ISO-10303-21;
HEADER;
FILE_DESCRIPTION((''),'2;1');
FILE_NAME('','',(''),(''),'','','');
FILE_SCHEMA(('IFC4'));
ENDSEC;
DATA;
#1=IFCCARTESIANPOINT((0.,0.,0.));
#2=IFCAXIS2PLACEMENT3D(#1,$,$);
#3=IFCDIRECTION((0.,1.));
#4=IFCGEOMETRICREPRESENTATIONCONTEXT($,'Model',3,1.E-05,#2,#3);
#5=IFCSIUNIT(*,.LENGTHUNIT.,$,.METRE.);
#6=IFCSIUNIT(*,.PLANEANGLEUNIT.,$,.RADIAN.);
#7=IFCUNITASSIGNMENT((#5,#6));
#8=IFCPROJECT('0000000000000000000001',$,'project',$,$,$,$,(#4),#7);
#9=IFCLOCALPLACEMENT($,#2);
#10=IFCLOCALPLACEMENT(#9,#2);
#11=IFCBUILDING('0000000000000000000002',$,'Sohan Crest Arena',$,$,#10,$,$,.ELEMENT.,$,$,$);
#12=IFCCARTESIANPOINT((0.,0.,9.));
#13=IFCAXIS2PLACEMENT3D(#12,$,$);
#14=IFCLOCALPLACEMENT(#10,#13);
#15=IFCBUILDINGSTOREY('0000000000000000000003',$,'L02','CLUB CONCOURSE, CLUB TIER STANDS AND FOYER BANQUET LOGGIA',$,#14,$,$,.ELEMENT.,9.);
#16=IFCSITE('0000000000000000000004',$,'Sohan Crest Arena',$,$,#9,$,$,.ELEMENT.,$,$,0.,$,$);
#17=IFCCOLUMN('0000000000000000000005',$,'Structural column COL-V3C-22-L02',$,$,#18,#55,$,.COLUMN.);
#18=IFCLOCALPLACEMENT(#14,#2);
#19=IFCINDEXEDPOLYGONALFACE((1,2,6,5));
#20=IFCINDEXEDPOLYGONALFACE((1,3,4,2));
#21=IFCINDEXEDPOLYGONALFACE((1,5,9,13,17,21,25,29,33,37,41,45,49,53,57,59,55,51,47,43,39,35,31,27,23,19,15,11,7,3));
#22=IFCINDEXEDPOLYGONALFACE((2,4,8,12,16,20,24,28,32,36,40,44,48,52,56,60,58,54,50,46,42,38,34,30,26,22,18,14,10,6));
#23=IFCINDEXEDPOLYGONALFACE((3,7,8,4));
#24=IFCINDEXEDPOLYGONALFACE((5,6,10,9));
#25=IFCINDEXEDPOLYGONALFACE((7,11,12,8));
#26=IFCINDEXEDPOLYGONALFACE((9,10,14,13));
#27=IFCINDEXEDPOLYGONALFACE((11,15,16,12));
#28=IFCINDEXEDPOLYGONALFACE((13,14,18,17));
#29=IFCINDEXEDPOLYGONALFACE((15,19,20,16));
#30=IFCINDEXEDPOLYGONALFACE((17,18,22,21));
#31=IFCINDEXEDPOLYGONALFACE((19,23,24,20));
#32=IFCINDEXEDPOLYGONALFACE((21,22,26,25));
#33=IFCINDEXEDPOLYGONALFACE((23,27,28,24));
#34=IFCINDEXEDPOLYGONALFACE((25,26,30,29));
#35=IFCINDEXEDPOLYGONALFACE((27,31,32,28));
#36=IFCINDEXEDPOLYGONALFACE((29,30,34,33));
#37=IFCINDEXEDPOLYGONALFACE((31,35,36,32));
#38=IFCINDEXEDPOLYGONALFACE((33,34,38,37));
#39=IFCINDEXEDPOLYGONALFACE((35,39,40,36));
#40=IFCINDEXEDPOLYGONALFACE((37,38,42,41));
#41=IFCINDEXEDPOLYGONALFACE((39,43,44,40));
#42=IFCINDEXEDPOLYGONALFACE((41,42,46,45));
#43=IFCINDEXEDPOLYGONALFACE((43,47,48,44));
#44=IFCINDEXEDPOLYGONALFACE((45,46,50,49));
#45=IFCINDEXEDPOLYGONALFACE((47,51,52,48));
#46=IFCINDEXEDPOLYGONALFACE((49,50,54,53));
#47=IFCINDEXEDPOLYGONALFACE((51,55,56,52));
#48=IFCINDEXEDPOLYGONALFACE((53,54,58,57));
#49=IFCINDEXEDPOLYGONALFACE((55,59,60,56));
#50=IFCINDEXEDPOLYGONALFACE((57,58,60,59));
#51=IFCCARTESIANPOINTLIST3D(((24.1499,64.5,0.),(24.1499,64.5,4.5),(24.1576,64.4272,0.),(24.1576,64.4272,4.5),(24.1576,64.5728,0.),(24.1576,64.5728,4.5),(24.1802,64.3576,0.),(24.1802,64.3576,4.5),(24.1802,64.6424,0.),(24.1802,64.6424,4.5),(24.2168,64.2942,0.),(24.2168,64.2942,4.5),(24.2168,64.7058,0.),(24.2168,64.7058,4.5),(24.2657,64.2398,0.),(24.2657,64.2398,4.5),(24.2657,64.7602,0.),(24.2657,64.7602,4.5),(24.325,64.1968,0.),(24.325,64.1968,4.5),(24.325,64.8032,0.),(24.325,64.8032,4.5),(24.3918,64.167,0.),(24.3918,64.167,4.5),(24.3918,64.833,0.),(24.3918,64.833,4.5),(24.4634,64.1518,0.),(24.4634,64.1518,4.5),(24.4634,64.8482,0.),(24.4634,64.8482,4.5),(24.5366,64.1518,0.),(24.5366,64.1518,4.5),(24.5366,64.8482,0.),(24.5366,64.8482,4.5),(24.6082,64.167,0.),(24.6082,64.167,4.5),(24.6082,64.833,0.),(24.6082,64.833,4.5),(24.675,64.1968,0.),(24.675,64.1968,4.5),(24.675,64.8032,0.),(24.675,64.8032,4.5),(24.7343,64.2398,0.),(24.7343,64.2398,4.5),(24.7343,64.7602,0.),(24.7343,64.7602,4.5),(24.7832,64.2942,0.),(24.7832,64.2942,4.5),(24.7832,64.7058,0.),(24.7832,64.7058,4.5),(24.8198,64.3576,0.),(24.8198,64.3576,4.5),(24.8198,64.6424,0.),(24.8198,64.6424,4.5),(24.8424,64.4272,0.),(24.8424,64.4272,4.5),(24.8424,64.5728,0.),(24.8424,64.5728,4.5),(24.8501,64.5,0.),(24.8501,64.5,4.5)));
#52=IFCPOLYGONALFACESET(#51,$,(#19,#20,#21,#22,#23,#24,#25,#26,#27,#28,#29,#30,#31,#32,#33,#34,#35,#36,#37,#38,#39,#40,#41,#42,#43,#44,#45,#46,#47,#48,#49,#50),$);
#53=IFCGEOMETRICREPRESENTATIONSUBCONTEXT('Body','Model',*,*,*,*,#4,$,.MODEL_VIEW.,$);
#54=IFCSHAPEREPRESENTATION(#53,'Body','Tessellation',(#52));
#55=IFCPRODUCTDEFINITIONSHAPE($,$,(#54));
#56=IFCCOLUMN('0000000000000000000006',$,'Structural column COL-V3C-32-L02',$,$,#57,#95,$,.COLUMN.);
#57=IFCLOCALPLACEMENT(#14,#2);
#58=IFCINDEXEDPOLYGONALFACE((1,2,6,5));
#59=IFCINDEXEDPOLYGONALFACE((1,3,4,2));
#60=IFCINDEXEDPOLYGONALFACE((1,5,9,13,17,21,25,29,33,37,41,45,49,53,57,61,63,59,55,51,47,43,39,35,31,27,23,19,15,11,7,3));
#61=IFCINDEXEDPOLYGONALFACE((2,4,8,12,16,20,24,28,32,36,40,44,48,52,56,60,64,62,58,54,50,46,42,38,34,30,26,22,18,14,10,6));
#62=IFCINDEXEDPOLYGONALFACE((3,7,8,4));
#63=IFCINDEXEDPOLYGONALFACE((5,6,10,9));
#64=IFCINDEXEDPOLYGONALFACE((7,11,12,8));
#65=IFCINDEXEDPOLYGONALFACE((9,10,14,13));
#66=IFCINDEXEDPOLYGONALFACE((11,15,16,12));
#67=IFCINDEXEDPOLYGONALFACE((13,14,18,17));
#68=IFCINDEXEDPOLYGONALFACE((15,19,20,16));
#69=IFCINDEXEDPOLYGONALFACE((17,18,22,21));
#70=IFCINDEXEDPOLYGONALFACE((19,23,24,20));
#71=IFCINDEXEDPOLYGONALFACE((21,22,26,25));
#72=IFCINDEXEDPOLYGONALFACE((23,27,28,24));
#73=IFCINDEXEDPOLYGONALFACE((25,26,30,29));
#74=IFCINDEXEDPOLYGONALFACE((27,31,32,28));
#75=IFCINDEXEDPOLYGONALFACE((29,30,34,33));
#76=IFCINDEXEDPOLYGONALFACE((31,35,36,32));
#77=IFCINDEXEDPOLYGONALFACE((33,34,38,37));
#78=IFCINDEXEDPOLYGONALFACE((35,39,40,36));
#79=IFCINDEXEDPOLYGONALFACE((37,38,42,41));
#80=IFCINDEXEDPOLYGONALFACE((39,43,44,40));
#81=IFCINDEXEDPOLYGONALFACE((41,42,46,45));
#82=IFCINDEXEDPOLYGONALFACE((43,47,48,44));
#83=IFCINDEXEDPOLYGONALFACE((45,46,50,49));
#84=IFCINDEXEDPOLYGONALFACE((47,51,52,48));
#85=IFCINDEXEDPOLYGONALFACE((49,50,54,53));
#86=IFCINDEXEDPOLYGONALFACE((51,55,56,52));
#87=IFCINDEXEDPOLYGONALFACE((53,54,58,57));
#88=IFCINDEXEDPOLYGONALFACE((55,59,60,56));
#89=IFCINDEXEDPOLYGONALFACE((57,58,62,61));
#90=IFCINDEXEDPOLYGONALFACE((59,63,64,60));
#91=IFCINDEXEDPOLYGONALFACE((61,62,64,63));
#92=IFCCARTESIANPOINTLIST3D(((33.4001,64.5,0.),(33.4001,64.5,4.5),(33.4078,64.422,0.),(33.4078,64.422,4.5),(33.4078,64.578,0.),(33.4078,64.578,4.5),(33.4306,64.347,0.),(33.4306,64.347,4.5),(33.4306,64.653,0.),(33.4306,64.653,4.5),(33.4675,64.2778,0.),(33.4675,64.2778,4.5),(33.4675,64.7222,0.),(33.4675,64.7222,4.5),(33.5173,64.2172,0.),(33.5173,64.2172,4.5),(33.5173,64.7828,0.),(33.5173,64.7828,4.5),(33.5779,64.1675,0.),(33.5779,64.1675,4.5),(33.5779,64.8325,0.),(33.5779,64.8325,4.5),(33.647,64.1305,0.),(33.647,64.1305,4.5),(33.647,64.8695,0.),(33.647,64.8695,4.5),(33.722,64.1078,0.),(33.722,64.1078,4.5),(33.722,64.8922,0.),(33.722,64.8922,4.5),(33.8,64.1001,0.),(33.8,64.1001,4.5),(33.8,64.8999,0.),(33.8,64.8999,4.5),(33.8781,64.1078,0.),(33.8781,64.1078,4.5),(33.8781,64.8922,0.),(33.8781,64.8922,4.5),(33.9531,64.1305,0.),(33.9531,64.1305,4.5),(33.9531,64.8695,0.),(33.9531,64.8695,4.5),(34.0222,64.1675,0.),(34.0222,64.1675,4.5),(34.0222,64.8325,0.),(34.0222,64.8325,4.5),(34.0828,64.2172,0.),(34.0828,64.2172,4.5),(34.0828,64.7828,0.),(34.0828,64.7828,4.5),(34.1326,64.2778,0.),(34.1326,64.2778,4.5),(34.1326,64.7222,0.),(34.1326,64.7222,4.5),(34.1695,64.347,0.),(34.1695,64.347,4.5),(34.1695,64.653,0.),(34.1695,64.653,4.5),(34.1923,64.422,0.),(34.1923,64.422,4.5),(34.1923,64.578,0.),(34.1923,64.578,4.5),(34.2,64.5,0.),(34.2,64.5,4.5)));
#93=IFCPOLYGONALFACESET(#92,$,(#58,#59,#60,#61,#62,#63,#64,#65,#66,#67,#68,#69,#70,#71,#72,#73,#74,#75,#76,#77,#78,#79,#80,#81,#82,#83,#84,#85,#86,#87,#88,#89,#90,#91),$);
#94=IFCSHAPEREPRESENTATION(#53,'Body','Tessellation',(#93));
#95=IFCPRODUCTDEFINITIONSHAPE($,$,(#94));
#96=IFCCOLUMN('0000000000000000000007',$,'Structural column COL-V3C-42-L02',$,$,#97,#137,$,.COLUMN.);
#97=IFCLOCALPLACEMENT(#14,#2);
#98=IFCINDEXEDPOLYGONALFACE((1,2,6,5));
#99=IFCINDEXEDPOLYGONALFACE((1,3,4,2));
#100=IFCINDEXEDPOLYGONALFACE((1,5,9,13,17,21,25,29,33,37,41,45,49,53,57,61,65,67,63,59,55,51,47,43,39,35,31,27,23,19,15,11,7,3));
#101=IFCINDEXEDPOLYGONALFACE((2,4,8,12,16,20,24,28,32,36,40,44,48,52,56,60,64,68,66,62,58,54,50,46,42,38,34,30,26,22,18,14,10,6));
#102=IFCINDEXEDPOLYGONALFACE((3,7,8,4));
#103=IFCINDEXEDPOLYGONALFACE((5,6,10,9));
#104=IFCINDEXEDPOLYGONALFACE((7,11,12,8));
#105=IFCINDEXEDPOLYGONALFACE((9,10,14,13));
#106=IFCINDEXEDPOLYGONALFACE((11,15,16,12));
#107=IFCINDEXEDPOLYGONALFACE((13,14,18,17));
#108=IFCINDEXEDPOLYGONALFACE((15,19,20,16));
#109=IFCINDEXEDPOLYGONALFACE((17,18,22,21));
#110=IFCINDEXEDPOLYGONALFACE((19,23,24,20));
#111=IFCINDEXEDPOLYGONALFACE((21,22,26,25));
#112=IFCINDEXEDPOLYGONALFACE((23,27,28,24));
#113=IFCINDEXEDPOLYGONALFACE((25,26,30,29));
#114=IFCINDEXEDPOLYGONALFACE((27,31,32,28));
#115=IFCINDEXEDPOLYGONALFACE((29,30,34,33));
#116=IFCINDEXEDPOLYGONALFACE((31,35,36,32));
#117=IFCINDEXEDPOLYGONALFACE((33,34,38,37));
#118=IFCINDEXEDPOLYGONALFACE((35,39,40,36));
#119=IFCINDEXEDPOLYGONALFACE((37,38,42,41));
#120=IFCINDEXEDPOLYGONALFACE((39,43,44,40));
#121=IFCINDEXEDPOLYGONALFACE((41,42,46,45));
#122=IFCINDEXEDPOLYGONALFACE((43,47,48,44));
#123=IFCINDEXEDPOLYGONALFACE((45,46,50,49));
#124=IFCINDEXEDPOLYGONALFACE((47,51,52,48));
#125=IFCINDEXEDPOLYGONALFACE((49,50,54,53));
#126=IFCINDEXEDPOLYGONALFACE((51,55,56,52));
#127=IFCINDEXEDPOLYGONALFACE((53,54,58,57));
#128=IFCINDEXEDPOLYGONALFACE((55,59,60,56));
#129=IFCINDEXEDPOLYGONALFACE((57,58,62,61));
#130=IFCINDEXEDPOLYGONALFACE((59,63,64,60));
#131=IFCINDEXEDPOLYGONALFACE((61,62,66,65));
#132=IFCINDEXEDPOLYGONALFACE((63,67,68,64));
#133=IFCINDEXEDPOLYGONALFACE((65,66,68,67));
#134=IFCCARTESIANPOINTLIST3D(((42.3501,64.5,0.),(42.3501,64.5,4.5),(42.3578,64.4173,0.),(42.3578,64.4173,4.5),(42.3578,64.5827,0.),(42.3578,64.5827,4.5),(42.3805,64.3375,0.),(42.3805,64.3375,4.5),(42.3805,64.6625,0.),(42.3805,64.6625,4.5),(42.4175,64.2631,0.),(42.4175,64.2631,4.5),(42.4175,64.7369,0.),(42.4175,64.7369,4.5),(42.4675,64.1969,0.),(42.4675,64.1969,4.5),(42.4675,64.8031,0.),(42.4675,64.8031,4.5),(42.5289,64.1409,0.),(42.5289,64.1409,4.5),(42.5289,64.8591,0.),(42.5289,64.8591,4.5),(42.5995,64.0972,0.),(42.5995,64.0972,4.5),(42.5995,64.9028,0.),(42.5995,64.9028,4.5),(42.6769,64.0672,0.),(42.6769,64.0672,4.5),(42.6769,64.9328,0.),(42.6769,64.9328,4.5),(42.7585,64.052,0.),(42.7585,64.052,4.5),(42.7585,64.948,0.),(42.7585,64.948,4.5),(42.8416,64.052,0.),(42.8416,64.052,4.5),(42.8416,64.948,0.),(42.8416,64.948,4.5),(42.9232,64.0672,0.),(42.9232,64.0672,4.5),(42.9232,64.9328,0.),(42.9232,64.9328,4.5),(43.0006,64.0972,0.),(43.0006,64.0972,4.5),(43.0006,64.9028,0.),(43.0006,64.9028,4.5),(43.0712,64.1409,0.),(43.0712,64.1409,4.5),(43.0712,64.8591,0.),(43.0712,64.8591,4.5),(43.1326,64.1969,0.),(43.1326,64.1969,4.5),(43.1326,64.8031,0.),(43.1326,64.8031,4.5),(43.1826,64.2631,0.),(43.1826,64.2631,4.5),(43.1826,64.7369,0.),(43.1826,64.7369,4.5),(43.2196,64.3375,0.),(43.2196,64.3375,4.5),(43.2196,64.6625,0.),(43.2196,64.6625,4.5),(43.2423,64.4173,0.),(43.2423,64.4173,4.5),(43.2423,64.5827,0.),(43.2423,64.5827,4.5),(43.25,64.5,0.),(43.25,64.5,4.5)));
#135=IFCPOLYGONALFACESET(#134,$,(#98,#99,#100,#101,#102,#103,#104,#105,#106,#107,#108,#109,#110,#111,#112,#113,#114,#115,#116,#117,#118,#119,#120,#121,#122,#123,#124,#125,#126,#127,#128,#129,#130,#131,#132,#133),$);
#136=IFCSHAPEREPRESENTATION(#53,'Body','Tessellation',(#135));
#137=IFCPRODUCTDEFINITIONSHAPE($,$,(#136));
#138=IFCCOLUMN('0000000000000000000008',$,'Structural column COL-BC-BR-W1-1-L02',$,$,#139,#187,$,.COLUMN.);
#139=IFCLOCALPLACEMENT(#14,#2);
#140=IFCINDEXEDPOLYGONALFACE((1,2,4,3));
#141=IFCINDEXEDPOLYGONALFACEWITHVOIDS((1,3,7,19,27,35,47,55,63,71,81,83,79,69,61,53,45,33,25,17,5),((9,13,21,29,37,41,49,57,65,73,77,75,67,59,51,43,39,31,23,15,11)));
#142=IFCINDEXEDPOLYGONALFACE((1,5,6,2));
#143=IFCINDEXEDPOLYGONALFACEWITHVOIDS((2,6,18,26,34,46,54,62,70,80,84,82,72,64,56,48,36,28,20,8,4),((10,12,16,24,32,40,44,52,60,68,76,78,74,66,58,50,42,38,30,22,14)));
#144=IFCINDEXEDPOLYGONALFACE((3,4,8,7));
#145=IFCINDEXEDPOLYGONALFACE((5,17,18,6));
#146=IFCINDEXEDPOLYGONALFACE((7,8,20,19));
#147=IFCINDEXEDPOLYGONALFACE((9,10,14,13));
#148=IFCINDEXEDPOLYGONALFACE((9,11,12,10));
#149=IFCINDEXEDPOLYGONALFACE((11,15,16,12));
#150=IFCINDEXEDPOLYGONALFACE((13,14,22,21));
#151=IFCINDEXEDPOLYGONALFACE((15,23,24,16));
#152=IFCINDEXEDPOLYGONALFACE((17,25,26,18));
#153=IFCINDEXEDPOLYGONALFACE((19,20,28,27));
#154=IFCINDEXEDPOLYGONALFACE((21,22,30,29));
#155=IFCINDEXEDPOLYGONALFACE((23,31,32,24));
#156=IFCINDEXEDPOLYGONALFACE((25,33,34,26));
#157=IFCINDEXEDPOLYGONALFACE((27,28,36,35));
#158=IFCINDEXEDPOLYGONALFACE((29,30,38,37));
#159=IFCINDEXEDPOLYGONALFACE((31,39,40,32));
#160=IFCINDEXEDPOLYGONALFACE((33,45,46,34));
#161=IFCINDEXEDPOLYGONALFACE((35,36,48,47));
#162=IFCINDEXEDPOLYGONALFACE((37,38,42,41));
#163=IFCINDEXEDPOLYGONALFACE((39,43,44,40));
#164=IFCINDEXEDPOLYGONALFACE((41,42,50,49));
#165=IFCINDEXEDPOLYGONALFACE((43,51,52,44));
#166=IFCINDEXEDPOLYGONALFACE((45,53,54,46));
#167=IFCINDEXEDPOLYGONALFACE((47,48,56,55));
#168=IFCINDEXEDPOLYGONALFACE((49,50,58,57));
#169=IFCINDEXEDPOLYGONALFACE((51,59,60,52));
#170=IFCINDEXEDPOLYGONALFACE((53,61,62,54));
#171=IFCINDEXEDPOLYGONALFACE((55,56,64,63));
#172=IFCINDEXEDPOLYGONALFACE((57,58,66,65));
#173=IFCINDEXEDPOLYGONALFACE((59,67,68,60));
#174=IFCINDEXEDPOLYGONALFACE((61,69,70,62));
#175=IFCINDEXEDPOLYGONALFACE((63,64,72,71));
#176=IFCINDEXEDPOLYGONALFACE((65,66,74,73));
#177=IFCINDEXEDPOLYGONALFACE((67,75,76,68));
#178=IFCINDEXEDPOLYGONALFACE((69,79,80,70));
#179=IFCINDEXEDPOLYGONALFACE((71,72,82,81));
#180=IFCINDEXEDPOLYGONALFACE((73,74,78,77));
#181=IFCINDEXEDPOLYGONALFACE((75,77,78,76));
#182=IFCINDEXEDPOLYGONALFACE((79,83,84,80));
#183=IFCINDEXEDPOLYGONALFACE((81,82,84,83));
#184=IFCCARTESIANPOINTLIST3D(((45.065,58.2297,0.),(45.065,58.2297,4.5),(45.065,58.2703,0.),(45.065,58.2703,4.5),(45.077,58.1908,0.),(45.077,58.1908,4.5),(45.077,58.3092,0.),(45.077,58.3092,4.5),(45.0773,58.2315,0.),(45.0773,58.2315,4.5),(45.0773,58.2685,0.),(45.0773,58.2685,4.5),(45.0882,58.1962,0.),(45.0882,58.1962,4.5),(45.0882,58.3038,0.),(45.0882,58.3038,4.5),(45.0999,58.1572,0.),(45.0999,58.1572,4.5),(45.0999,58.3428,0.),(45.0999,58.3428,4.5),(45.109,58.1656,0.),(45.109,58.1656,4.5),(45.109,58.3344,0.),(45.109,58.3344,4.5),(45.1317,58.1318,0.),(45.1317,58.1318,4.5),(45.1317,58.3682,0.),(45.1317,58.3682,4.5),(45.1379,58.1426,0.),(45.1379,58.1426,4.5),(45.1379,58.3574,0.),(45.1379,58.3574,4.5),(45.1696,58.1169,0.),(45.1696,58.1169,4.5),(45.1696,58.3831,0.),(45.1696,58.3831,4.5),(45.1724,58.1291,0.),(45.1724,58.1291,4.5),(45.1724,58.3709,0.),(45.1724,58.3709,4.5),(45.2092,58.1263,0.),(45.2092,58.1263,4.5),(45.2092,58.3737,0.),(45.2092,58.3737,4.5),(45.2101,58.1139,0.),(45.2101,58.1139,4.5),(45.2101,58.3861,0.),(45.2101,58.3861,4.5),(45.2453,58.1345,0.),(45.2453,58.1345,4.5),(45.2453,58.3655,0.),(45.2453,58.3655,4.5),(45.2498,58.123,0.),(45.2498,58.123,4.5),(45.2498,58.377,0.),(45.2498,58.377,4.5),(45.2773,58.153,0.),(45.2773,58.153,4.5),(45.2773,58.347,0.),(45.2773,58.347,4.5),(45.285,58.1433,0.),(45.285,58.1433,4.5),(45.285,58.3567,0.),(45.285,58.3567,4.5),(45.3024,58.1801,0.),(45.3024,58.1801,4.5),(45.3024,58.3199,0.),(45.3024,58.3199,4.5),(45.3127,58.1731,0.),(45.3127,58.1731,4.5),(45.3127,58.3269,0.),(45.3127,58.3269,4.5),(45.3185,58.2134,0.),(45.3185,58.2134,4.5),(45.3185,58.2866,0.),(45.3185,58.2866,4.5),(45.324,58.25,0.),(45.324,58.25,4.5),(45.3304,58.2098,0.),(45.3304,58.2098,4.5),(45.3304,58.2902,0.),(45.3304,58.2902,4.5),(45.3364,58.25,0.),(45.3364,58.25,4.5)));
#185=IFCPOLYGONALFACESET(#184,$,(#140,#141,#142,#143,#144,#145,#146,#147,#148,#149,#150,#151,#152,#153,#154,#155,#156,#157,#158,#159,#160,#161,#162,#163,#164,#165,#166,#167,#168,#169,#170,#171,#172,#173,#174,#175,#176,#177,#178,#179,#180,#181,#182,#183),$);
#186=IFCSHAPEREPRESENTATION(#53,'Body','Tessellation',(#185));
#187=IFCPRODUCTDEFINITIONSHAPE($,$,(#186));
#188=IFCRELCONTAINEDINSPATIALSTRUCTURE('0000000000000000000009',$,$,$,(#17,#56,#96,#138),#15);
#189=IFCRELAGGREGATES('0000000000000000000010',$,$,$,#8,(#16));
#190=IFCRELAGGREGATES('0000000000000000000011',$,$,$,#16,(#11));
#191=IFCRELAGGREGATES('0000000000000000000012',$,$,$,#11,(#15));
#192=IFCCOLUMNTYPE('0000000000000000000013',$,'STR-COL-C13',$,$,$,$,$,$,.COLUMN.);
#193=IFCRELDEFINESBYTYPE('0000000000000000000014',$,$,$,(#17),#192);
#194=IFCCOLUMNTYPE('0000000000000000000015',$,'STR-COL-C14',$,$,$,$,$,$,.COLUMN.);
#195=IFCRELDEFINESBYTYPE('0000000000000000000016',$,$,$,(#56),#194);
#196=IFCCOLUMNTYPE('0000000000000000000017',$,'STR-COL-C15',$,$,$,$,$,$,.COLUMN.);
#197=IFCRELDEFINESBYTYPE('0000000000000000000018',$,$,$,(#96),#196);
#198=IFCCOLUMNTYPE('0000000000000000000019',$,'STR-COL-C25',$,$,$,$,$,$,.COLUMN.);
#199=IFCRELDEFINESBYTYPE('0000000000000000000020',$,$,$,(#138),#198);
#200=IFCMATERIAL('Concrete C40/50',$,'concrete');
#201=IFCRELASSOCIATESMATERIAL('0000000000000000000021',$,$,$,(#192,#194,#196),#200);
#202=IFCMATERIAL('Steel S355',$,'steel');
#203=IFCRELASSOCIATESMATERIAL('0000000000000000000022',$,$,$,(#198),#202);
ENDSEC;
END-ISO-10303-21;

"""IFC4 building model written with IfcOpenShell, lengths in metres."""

from ifc_helpers import new_model, si_unit, direction, frame, origin, origin_2d, place, context, subcontext, project, spatial, circle, hollow_circle, extrude, material, material_profile, profile_set, type_object, element, save


model = new_model("IFC4")

# Units and contexts
model_context = context("Model", 3, precision=1e-05, world=origin(), true_north=direction((0.0, 1.0)))
body_context = subcontext(model_context, "Body", "Model", "MODEL_VIEW")
ifc_project = project(units=[si_unit("LENGTHUNIT", "METRE"), si_unit("PLANEANGLEUNIT", "RADIAN")], contexts=[model_context])

# Site, building, storey
site_placement = place(None, origin())
site = spatial("IfcSite", under=ifc_project, at=site_placement, Name="Sohan Crest Arena", CompositionType="ELEMENT", RefElevation=0.0)
building_placement = place(site_placement, origin())
building = spatial("IfcBuilding", under=site, at=building_placement, Name="Sohan Crest Arena", CompositionType="ELEMENT")
storey_placement = place(building_placement, frame((0.0, 0.0, 9.0)))
storey = spatial("IfcBuildingStorey", under=building, at=storey_placement, Name="L02", Description="CLUB CONCOURSE, CLUB TIER STANDS AND FOYER BANQUET LOGGIA", CompositionType="ELEMENT", Elevation=9.0)

# Columns
ifc_material_1 = material(Name="Concrete C40/50", Category="concrete")
ifc_material_profile_1 = material_profile(ifc_material_1, circle(Radius=0.3501, at=origin_2d()), Name="RC D700")
ifc_profile_set_1 = profile_set([ifc_material_profile_1], Name="Concrete C40/50")
column_type_1 = type_object("IfcColumnType", Name="STR-COL-C13", PredefinedType="COLUMN", material=ifc_profile_set_1)
column_1_placement = place(storey_placement, frame((24.5, 64.5, 0.0), z_axis=(0.0, 0.0, 1.0), x_axis=(1.0, 0.0, 0.0)))
element("IfcColumn", 1, at=column_1_placement, inside=storey, type_object=column_type_1, Name="Structural column COL-V3C-22-L02", PredefinedType="COLUMN", context=body_context, shape_type="SweptSolid", body=[
    extrude(circle(Radius=0.3501, at=origin_2d()), origin(), (0.0, 0.0, 1.0), 4.5),
])
ifc_material_profile_2 = material_profile(ifc_material_1, circle(Radius=0.3999, at=origin_2d()), Name="RC D800")
ifc_profile_set_2 = profile_set([ifc_material_profile_2], Name="Concrete C40/50")
column_type_2 = type_object("IfcColumnType", Name="STR-COL-C14", PredefinedType="COLUMN", material=ifc_profile_set_2)
column_2_placement = place(storey_placement, frame((33.8, 64.5, 0.0), z_axis=(0.0, 0.0, 1.0), x_axis=(1.0, 0.0, 0.0)))
element("IfcColumn", 2, at=column_2_placement, inside=storey, type_object=column_type_2, Name="Structural column COL-V3C-32-L02", PredefinedType="COLUMN", context=body_context, shape_type="SweptSolid", body=[
    extrude(circle(Radius=0.3999, at=origin_2d()), origin(), (0.0, 0.0, 1.0), 4.5),
])
ifc_material_profile_3 = material_profile(ifc_material_1, circle(Radius=0.45, at=origin_2d()), Name="RC D900")
ifc_profile_set_3 = profile_set([ifc_material_profile_3], Name="Concrete C40/50")
column_type_3 = type_object("IfcColumnType", Name="STR-COL-C15", PredefinedType="COLUMN", material=ifc_profile_set_3)
column_3_placement = place(storey_placement, frame((42.8, 64.5, 0.0), z_axis=(0.0, 0.0, 1.0), x_axis=(1.0, 0.0, 0.0)))
element("IfcColumn", 3, at=column_3_placement, inside=storey, type_object=column_type_3, Name="Structural column COL-V3C-42-L02", PredefinedType="COLUMN", context=body_context, shape_type="SweptSolid", body=[
    extrude(circle(Radius=0.45, at=origin_2d()), origin(), (0.0, 0.0, 1.0), 4.5),
])
ifc_material_2 = material(Name="Steel S355", Category="steel")
ifc_material_profile_4 = material_profile(ifc_material_2, hollow_circle(Radius=0.1365, WallThickness=0.0125, at=origin_2d()), Name="CHS 273x12.5")
ifc_profile_set_4 = profile_set([ifc_material_profile_4], Name="Steel S355")
column_type_4 = type_object("IfcColumnType", Name="STR-COL-C25", PredefinedType="COLUMN", material=ifc_profile_set_4)
for number, where, z_axis, x_axis, name in (
    (4, (45.2, 58.25, 0.0), (0.0, 0.0, 1.0), (1.0, 0.0, 0.0), "Structural column COL-BC-BR-W1-1-L02"),
):
    element("IfcColumn", number, at=place(storey_placement, frame(where, z_axis=z_axis, x_axis=x_axis)), inside=storey, type_object=column_type_4, Name=name, PredefinedType="COLUMN", context=body_context, shape_type="SweptSolid", body=[
        extrude(hollow_circle(Radius=0.1365, WallThickness=0.0125, at=origin_2d()), origin(), (0.0, 0.0, 1.0), 4.5),
    ])

save(model, "model.ifc")
